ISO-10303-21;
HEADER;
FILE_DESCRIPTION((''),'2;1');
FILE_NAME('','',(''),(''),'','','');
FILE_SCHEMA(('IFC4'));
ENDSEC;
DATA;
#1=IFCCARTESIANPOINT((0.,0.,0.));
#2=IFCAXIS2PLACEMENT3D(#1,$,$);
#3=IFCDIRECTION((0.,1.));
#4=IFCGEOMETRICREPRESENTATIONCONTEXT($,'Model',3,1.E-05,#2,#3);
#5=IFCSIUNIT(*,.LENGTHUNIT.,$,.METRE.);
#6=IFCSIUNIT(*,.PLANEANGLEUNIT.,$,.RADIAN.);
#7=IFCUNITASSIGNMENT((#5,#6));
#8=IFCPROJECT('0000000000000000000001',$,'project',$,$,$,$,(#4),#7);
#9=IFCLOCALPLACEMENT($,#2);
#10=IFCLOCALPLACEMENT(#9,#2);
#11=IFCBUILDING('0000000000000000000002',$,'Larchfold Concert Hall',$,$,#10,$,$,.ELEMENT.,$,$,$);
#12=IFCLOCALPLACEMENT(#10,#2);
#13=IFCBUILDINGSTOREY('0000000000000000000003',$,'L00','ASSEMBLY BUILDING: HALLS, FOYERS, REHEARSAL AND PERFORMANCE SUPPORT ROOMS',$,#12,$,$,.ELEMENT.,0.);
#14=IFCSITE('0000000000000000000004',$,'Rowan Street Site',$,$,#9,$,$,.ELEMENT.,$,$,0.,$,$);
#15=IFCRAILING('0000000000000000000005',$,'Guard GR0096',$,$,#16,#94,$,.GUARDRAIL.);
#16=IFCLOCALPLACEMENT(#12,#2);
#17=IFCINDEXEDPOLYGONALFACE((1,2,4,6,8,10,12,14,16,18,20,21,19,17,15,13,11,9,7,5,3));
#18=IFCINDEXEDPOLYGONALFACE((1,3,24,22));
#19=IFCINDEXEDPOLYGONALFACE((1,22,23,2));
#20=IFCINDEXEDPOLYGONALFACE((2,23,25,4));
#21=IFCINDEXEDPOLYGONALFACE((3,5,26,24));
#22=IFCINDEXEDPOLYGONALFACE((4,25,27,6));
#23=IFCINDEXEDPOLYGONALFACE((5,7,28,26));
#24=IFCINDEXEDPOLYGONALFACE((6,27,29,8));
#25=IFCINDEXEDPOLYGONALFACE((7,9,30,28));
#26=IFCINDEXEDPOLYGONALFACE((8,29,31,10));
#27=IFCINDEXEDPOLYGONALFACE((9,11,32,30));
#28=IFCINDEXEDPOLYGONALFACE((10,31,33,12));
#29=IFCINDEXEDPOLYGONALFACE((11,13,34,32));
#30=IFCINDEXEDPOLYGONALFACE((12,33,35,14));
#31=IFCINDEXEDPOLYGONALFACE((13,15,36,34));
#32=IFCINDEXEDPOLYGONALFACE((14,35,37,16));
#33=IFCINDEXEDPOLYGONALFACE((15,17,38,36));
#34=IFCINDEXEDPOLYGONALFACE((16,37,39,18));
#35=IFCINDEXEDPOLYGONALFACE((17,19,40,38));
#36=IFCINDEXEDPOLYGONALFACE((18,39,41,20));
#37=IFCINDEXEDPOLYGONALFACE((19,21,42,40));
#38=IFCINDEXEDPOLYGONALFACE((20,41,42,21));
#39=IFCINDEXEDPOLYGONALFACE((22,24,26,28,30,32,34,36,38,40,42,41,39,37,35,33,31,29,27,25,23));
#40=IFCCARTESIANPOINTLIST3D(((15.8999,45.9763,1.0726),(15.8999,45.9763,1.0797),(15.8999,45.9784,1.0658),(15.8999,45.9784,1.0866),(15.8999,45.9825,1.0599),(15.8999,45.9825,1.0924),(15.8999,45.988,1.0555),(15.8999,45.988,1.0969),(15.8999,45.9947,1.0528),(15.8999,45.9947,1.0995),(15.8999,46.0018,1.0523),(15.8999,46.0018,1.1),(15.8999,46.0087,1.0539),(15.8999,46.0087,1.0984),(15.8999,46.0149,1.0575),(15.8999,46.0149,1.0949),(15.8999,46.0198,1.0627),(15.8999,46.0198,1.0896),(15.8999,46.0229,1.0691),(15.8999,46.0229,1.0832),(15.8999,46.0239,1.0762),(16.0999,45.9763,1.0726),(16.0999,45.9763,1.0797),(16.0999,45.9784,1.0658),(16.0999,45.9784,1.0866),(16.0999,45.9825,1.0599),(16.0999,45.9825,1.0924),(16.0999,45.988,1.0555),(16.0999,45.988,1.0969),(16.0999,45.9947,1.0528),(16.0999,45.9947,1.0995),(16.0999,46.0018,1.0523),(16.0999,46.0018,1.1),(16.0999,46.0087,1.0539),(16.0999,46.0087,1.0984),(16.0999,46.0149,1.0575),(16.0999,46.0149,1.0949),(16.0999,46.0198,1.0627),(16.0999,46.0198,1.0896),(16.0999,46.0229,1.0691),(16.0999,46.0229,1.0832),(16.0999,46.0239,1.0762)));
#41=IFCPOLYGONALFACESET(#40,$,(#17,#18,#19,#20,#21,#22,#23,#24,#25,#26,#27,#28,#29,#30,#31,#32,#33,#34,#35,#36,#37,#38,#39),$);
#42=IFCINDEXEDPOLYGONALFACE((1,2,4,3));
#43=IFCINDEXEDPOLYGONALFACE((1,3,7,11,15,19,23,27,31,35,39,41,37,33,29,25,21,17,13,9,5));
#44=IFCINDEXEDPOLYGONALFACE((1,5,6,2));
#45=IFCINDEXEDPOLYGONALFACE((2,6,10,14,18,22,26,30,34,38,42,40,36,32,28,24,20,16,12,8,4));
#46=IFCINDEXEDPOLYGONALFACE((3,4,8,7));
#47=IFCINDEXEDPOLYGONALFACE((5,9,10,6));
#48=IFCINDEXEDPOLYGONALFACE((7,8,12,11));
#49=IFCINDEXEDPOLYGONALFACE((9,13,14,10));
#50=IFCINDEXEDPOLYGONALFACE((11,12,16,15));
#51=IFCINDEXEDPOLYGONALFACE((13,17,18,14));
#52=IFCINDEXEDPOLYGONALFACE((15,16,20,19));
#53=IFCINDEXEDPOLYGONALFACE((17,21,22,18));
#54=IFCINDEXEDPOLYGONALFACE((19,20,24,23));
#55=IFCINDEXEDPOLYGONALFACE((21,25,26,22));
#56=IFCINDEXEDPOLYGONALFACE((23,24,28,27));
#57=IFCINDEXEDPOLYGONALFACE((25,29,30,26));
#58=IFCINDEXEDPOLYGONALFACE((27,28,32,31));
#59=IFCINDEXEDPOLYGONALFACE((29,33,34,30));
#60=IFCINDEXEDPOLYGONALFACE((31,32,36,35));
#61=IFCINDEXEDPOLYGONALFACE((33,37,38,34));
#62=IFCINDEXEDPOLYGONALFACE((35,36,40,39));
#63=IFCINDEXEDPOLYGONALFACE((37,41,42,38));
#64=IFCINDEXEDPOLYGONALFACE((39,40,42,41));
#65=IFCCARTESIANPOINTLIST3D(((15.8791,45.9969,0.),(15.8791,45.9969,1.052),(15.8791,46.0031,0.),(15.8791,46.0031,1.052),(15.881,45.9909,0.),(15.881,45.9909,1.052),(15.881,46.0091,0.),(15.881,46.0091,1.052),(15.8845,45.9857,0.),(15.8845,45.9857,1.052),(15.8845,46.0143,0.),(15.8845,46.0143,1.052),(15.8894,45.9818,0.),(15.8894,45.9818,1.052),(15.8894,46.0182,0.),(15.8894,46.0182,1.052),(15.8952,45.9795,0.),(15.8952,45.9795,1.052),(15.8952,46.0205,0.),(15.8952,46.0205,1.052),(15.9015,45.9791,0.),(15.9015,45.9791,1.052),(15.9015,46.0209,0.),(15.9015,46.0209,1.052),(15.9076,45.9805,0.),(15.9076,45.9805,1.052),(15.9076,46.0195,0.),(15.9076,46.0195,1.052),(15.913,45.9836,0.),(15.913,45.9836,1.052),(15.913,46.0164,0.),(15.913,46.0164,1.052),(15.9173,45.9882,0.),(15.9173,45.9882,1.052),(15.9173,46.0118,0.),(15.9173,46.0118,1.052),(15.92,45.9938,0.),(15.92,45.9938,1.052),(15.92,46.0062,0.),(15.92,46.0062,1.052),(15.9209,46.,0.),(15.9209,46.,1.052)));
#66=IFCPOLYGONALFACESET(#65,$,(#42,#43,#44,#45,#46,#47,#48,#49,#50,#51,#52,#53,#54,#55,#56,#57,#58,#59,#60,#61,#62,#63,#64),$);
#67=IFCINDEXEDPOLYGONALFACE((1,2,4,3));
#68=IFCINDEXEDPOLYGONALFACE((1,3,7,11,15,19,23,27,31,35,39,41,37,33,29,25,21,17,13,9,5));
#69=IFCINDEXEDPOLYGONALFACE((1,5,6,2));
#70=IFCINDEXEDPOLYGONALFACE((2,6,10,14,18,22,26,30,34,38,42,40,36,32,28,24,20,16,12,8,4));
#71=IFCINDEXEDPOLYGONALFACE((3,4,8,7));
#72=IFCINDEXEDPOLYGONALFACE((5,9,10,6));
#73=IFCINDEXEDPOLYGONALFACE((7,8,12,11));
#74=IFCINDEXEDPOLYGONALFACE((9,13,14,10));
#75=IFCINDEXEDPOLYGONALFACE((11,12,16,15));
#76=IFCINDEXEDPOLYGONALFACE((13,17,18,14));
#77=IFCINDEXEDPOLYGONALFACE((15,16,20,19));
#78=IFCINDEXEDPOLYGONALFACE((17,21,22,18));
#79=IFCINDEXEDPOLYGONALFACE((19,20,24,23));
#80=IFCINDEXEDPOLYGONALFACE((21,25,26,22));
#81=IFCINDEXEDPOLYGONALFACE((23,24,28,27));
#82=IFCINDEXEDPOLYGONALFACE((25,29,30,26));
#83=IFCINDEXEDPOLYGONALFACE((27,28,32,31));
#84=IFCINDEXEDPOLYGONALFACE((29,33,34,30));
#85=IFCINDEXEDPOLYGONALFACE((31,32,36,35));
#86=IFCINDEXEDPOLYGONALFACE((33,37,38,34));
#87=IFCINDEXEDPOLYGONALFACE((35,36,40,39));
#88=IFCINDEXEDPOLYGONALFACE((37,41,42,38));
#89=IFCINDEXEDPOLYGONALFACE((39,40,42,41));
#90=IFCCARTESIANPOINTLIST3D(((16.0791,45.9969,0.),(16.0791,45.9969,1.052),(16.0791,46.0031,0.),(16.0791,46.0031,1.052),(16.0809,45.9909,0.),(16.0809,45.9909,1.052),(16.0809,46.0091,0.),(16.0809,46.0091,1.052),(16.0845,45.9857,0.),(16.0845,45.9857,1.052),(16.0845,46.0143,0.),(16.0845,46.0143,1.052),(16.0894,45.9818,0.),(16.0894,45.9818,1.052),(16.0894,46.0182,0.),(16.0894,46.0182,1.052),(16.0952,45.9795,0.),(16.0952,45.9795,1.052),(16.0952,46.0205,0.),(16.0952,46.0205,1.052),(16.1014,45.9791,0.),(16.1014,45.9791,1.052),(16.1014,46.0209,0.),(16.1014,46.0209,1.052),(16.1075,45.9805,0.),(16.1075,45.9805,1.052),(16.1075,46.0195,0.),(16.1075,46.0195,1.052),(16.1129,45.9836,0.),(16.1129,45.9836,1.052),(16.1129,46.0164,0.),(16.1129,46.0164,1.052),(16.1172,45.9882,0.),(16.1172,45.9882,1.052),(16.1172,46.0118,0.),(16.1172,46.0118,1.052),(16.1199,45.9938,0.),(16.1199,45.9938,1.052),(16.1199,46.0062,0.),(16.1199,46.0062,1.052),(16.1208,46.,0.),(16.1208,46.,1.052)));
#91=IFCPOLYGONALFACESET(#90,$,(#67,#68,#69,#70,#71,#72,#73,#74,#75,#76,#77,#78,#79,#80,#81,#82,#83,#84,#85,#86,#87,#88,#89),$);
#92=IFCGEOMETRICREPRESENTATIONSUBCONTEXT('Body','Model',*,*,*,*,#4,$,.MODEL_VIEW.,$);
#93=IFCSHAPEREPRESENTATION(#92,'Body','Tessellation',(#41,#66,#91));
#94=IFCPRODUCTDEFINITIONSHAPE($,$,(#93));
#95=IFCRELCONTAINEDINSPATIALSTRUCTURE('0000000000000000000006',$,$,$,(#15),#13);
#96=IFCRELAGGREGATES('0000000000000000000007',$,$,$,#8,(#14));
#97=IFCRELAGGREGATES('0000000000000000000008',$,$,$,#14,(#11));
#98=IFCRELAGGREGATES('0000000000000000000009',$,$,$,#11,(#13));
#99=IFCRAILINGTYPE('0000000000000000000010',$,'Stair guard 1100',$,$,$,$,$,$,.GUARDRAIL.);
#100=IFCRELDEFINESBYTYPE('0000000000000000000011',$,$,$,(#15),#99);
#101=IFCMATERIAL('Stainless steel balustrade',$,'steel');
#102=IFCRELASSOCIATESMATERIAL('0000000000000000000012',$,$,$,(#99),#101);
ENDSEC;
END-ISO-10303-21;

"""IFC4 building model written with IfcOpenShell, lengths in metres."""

from ifc_helpers import new_model, si_unit, direction, frame, origin, origin_2d, place, context, subcontext, project, spatial, circle, extrude, material, type_object, element, save


model = new_model("IFC4")

# Units and contexts
model_context = context("Model", 3, precision=1e-05, world=origin(), true_north=direction((0.0, 1.0)))
body_context = subcontext(model_context, "Body", "Model", "MODEL_VIEW")
ifc_project = project(units=[si_unit("LENGTHUNIT", "METRE"), si_unit("PLANEANGLEUNIT", "RADIAN")], contexts=[model_context])

# Site, building, storey
site_placement = place(None, origin())
site = spatial("IfcSite", under=ifc_project, at=site_placement, Name="Rowan Street Site", CompositionType="ELEMENT", RefElevation=0.0)
building_placement = place(site_placement, origin())
building = spatial("IfcBuilding", under=site, at=building_placement, Name="Larchfold Concert Hall", CompositionType="ELEMENT")
storey_placement = place(building_placement, origin())
storey = spatial("IfcBuildingStorey", under=building, at=storey_placement, Name="L00", Description="ASSEMBLY BUILDING: HALLS, FOYERS, REHEARSAL AND PERFORMANCE SUPPORT ROOMS", CompositionType="ELEMENT", Elevation=0.0)

# Railing
ifc_material_1 = material(Name="Stainless steel balustrade", Category="steel")
railing_type_1 = type_object("IfcRailingType", Name="Stair guard 1100", PredefinedType="GUARDRAIL", material=ifc_material_1)
railing_1_placement = place(storey_placement, frame((15.8999, 46.0, 0.0)))
element("IfcRailing", 1, at=railing_1_placement, inside=storey, type_object=railing_type_1, Name="Guard GR0096", PredefinedType="GUARDRAIL", context=body_context, shape_type="SweptSolid", body=[
    extrude(circle(Radius=0.0239, at=origin_2d()), frame((0.0, 0.0, 1.0762), z_axis=(1.0, 0.0, 0.0), x_axis=(0.0, 1.0, 0.0)), (0.0, 0.0, 1.0), 0.2),
    extrude(circle(Radius=0.021, at=origin_2d()), origin(), (0.0, 0.0, 1.0), 1.052),
    extrude(circle(Radius=0.021, at=origin_2d()), frame((0.2, 0.0, 0.0)), (0.0, 0.0, 1.0), 1.052),
])

save(model, "model.ifc")
